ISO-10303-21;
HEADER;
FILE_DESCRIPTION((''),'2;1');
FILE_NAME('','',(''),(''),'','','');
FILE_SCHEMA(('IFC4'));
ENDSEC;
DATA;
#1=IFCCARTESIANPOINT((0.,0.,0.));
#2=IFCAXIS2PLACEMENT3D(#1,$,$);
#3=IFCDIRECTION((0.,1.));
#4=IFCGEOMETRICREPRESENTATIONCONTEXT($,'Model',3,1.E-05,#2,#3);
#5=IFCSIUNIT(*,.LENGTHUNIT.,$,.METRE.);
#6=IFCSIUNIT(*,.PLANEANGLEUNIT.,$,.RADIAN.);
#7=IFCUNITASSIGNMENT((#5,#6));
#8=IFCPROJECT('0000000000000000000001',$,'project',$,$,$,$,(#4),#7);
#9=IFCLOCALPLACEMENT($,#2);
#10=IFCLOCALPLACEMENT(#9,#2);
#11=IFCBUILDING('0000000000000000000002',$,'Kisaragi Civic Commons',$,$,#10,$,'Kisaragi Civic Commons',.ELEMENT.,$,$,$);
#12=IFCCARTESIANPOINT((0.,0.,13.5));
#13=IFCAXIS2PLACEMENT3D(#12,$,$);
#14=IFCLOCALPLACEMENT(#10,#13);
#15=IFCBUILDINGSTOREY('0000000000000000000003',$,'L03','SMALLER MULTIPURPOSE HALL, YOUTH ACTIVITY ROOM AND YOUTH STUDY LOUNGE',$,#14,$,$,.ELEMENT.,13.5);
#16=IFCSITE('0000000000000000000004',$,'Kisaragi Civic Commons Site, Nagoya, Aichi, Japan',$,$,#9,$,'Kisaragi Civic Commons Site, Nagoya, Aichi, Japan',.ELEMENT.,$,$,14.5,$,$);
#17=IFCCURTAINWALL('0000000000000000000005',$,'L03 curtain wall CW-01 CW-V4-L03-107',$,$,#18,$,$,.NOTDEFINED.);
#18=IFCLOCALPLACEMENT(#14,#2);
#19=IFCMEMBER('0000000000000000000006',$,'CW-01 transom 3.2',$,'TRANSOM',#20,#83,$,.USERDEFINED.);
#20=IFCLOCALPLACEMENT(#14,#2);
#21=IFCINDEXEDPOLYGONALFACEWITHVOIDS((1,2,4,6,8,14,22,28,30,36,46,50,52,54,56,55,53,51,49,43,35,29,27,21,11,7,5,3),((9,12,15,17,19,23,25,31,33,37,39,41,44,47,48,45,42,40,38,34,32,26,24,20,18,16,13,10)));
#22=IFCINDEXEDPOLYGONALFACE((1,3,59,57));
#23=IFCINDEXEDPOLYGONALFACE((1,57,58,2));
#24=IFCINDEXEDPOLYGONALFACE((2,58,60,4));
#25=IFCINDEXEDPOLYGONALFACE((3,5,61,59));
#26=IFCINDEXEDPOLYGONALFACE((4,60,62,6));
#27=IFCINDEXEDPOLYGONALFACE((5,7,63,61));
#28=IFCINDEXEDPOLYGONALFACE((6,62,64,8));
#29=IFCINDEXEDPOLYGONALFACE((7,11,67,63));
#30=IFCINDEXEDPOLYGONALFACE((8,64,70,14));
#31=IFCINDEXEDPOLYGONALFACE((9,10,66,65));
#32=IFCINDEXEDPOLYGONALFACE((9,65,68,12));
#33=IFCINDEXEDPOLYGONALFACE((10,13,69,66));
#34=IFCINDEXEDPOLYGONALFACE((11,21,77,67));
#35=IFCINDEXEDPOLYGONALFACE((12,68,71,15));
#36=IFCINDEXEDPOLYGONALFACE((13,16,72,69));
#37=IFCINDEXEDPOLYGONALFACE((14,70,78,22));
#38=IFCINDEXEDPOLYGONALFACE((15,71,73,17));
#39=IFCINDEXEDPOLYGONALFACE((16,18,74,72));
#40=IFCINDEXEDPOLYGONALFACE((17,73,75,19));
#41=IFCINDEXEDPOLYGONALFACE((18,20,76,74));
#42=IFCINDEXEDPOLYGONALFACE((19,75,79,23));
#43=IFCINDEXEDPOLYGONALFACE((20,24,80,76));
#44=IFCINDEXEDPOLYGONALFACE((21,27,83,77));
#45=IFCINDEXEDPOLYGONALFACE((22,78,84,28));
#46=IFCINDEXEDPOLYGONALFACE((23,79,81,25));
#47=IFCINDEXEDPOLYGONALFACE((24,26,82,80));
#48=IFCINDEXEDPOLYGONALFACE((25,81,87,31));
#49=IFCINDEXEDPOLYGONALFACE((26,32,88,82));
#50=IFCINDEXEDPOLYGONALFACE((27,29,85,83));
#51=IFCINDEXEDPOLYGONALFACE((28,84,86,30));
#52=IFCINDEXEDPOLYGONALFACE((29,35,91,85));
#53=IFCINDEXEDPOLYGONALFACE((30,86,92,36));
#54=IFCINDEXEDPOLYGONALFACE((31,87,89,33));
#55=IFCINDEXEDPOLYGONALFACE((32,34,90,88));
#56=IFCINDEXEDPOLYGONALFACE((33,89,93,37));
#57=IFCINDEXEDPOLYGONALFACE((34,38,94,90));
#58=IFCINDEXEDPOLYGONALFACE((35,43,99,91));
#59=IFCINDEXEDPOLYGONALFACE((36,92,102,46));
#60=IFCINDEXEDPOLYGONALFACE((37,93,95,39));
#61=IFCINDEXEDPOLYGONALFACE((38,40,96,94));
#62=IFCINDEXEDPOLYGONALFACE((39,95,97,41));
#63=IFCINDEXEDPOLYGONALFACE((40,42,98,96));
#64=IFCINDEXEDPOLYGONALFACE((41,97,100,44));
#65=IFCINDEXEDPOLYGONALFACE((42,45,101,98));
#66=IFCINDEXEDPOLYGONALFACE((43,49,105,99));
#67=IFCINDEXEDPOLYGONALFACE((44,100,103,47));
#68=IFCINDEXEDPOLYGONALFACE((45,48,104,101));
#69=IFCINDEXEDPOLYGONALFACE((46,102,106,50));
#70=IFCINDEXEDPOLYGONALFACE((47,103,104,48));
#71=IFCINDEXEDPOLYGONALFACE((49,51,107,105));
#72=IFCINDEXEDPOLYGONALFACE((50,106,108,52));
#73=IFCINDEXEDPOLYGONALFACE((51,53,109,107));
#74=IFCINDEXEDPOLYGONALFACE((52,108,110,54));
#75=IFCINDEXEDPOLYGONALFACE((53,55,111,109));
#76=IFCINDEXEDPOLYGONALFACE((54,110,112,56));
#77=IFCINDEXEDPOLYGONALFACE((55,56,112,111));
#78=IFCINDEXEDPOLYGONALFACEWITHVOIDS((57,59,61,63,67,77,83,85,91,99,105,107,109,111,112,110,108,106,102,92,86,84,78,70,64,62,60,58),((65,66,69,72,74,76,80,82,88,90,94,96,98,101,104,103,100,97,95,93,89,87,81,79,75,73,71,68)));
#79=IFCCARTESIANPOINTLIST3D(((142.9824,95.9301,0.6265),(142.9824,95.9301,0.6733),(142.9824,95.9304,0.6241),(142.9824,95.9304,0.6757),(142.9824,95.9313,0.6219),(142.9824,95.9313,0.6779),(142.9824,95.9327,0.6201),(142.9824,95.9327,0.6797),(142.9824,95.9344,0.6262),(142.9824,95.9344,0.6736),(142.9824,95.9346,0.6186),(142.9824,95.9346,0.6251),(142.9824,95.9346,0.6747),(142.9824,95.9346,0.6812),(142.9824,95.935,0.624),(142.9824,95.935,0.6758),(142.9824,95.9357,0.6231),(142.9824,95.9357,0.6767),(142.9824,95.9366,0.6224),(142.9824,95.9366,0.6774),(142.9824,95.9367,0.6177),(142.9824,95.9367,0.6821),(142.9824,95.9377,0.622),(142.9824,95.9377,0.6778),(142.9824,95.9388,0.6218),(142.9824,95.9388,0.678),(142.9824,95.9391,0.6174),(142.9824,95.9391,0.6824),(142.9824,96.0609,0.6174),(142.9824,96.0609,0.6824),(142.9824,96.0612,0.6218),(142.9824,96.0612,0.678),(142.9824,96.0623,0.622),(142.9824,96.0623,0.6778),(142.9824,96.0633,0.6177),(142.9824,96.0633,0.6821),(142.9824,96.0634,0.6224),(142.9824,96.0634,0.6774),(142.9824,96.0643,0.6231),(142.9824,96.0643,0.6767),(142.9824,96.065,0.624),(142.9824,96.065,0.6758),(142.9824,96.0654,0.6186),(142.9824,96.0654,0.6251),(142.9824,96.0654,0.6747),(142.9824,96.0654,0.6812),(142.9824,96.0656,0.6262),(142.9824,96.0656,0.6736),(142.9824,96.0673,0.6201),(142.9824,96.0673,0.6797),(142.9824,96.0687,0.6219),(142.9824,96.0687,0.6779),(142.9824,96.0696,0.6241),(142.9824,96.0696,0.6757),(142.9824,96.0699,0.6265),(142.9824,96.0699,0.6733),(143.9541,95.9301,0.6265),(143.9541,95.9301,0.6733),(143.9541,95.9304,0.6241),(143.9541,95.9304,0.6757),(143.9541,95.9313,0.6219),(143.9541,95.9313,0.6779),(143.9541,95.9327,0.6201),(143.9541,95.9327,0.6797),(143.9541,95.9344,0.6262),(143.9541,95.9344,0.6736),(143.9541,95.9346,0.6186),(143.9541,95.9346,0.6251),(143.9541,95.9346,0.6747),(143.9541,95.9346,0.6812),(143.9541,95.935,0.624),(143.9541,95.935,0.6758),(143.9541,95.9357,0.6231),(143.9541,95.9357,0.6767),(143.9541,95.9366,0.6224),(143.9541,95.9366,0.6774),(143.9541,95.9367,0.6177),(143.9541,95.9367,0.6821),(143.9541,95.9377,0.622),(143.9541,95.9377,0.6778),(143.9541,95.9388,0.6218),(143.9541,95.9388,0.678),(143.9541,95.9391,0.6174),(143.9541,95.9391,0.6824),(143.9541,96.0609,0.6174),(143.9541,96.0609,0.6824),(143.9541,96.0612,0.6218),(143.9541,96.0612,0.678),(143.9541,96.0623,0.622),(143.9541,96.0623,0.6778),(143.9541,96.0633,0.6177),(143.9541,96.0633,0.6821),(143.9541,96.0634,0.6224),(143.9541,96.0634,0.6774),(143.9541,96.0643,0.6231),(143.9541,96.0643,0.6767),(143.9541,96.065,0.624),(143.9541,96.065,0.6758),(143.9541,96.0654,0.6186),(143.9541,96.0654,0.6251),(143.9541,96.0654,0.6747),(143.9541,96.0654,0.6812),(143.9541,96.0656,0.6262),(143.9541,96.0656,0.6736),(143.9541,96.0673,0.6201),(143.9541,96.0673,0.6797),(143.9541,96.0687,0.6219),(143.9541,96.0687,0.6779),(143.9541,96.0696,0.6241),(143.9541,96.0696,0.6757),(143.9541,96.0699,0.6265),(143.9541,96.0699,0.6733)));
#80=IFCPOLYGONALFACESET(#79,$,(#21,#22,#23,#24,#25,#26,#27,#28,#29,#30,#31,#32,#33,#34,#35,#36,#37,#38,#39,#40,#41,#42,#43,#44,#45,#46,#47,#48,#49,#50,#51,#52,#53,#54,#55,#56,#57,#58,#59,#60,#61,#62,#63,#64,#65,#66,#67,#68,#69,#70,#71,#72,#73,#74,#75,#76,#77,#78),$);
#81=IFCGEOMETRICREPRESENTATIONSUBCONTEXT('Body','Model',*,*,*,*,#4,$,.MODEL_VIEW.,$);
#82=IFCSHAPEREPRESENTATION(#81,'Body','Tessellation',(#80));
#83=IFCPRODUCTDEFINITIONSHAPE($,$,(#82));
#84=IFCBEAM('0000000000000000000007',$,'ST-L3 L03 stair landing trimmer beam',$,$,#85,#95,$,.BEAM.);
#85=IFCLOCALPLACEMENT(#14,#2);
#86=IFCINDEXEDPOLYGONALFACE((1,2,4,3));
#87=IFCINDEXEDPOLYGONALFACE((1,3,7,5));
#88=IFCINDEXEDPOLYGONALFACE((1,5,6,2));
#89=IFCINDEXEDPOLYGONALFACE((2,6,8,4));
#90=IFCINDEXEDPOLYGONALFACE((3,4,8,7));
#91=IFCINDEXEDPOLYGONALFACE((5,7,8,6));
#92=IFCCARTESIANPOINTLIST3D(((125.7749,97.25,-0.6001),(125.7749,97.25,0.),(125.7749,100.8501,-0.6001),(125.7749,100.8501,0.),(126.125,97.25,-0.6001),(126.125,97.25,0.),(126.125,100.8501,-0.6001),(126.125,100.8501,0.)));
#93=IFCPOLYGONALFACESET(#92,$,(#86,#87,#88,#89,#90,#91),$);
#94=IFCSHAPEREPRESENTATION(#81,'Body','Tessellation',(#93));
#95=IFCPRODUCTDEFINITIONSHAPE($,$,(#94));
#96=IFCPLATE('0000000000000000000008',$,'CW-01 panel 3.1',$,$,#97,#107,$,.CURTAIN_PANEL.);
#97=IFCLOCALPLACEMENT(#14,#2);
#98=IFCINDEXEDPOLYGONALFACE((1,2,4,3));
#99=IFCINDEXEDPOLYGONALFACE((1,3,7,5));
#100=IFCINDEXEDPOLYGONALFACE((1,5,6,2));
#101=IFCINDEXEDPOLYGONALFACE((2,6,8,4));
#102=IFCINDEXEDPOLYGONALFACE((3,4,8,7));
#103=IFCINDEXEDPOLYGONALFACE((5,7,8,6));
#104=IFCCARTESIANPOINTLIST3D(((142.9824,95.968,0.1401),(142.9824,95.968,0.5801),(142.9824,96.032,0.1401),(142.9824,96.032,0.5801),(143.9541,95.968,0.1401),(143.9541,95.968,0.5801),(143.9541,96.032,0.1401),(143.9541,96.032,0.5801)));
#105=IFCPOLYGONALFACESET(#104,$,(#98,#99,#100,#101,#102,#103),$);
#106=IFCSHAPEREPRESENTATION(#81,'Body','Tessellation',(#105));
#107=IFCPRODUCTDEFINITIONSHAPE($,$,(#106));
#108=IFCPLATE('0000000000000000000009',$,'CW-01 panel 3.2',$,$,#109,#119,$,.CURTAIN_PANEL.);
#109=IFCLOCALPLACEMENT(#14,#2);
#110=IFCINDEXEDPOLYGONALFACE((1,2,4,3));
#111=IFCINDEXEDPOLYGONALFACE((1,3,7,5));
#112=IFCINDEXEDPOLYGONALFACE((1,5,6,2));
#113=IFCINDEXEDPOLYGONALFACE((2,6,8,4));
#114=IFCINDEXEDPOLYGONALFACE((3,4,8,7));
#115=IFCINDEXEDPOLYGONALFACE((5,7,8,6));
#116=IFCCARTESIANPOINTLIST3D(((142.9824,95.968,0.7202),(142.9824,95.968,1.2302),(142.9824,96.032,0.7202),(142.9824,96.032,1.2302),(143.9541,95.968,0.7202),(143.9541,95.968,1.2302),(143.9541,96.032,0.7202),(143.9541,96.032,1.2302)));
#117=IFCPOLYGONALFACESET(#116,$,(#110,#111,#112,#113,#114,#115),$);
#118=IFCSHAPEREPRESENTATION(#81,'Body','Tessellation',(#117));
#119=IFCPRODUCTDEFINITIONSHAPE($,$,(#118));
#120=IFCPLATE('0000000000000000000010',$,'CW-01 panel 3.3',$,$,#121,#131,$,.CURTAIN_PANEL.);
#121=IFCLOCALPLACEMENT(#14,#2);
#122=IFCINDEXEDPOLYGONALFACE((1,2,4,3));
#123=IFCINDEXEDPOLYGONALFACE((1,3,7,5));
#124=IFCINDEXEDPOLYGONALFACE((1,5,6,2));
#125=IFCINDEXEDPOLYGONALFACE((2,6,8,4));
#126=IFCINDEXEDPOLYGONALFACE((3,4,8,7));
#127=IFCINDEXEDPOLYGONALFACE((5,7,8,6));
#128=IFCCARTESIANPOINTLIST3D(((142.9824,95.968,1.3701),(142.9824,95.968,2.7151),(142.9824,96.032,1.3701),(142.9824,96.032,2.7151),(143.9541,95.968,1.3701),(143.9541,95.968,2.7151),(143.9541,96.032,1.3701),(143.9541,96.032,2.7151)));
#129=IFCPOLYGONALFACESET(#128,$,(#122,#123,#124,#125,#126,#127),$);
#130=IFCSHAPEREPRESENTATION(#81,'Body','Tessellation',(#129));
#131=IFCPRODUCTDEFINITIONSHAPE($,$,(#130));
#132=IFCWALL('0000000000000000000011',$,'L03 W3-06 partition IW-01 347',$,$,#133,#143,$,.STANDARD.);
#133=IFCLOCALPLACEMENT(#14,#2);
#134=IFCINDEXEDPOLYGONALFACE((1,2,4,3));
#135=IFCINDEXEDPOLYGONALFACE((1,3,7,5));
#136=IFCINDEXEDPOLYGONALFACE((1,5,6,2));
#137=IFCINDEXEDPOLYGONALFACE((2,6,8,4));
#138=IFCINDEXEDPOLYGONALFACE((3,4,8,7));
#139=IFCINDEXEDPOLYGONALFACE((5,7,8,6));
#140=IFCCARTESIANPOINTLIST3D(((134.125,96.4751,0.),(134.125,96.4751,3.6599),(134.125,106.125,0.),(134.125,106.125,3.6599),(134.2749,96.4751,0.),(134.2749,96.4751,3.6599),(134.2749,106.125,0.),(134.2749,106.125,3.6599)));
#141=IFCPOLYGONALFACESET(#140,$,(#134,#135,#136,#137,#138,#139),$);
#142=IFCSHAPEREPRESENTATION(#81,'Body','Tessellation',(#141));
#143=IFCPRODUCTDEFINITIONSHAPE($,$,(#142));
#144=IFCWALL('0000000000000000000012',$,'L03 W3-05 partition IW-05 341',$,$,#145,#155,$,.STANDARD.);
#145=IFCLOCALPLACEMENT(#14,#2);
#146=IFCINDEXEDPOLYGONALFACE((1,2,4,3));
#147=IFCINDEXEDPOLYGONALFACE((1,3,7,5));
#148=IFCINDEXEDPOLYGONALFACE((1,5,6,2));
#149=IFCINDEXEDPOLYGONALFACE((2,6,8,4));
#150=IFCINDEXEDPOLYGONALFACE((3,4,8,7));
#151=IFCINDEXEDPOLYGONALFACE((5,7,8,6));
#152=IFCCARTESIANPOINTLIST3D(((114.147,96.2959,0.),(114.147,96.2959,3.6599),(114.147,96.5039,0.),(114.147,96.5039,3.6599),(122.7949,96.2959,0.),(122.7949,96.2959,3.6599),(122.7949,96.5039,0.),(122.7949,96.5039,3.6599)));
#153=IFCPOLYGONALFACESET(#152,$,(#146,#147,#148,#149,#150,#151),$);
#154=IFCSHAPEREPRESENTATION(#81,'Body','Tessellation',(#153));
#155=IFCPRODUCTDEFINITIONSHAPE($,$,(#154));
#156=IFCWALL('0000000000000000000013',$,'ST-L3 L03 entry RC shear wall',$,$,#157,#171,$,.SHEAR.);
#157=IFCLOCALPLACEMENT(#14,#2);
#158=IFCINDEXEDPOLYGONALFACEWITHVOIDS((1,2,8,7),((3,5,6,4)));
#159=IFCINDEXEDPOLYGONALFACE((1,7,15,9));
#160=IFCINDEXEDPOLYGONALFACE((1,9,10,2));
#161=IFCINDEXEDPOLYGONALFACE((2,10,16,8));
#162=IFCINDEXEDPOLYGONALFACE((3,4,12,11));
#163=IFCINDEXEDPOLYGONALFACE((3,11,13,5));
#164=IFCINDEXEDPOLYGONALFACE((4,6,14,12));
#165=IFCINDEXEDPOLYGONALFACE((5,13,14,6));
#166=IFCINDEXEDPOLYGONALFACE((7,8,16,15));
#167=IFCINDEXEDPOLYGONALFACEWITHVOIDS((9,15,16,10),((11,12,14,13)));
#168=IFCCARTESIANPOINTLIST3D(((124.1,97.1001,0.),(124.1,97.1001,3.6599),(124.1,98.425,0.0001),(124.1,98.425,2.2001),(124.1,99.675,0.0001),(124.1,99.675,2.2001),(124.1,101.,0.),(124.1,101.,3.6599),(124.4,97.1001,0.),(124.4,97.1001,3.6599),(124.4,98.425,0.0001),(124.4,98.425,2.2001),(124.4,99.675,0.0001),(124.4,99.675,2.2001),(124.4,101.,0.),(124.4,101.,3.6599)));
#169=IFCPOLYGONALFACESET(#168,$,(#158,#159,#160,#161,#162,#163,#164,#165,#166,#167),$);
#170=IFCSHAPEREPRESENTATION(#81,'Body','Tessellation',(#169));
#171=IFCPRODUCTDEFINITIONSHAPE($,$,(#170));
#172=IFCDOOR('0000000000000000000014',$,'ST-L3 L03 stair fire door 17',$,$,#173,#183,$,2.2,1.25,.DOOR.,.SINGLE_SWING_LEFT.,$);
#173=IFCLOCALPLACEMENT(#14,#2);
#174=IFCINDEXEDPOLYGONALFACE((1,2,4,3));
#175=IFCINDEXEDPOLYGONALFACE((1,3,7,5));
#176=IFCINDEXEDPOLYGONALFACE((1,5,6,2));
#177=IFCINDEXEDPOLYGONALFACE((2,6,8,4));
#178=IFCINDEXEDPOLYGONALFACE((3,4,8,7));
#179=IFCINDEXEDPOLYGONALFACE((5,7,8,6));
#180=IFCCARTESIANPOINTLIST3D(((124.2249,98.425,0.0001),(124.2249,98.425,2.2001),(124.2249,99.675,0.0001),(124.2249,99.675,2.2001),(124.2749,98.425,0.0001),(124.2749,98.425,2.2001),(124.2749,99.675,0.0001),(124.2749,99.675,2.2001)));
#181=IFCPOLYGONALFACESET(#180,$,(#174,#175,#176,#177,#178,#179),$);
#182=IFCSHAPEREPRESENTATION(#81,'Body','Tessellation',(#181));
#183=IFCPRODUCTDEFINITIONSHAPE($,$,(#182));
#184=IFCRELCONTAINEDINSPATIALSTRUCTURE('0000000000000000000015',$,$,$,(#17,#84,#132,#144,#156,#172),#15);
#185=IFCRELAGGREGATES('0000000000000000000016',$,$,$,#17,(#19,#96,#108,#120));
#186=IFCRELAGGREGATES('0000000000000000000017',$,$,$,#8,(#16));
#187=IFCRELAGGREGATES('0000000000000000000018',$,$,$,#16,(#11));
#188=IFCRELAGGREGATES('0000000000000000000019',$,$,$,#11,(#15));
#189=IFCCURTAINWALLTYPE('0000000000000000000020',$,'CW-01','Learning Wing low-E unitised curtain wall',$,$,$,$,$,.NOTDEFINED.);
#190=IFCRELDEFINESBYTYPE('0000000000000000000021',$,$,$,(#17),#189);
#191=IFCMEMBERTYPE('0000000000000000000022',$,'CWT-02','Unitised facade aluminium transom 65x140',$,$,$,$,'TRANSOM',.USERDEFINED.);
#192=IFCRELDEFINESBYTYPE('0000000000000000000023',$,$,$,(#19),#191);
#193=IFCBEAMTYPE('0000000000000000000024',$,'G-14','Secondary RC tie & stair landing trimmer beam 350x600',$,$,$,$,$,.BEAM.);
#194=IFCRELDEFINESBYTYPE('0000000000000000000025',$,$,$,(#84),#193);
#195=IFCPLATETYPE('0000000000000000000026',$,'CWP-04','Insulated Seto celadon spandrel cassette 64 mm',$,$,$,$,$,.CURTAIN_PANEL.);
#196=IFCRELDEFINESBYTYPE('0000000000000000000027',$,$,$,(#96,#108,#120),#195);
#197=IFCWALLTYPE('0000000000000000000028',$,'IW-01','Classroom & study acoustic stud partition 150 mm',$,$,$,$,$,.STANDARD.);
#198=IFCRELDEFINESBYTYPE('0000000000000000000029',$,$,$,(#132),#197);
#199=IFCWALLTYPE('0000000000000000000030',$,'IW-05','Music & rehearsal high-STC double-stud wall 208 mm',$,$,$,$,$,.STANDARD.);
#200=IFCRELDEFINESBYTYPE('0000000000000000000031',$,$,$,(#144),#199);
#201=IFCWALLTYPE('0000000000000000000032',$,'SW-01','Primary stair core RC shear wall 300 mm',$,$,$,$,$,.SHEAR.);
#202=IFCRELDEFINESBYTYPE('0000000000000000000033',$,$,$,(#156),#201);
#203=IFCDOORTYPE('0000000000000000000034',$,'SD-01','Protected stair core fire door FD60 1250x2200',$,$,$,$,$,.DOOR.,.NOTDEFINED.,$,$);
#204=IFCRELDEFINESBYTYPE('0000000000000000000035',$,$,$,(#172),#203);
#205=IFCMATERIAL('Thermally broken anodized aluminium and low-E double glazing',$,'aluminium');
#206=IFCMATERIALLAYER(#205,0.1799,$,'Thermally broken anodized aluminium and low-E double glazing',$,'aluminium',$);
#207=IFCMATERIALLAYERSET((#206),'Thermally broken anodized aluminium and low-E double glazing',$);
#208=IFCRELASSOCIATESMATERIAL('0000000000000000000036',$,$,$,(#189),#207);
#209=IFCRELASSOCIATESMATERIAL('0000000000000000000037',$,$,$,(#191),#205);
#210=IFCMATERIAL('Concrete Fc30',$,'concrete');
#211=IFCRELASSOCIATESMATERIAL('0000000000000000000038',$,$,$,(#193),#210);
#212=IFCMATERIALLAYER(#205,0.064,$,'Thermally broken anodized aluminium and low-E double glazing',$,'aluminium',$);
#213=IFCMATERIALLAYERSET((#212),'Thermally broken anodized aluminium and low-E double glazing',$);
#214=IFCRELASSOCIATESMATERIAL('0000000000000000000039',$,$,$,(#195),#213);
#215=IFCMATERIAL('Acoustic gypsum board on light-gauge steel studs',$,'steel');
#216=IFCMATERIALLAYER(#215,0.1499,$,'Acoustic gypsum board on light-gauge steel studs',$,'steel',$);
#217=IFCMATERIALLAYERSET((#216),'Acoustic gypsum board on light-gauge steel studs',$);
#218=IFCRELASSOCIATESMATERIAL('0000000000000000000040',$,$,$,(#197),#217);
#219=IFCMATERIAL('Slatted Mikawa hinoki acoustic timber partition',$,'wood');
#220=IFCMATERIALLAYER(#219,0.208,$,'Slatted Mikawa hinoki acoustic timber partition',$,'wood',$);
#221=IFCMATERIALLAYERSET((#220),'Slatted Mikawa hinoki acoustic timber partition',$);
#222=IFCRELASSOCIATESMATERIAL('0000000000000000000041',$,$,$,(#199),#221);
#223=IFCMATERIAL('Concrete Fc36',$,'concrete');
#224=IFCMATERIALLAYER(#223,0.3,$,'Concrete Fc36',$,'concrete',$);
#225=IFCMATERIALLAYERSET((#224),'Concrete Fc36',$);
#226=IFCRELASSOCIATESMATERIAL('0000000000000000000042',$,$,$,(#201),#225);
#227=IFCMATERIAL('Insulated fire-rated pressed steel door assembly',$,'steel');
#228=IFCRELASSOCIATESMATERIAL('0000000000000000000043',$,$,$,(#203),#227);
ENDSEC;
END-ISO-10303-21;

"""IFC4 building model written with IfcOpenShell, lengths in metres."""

from ifc_helpers import new_model, si_unit, direction, frame, frame_2d, origin, origin_2d, place, context, subcontext, project, spatial, rectangle, hollow_rectangle, extrude, material, layer, layer_set, material_profile, profile_set, type_object, element, fill, aggregate, save


model = new_model("IFC4")

# Units and contexts
model_context = context("Model", 3, precision=1e-05, world=origin(), true_north=direction((0.0, 1.0)))
body_context = subcontext(model_context, "Body", "Model", "MODEL_VIEW")
ifc_project = project(units=[si_unit("LENGTHUNIT", "METRE"), si_unit("PLANEANGLEUNIT", "RADIAN")], contexts=[model_context])

# Site, building, storey
site_placement = place(None, origin())
site = spatial("IfcSite", under=ifc_project, at=site_placement, Name="Kisaragi Civic Commons Site, Nagoya, Aichi, Japan", LongName="Kisaragi Civic Commons Site, Nagoya, Aichi, Japan", CompositionType="ELEMENT", RefElevation=14.5)
building_placement = place(site_placement, origin())
building = spatial("IfcBuilding", under=site, at=building_placement, Name="Kisaragi Civic Commons", LongName="Kisaragi Civic Commons", CompositionType="ELEMENT")
storey_placement = place(building_placement, frame((0.0, 0.0, 13.5)))
storey = spatial("IfcBuildingStorey", under=building, at=storey_placement, Name="L03", Description="SMALLER MULTIPURPOSE HALL, YOUTH ACTIVITY ROOM AND YOUTH STUDY LOUNGE", CompositionType="ELEMENT", Elevation=13.5)

# Curtain wall, member
ifc_material_1 = material(Name="Thermally broken anodized aluminium and low-E double glazing", Category="aluminium")
ifc_layer_1 = layer(ifc_material_1, 0.1799, Name="Thermally broken anodized aluminium and low-E double glazing", Category="aluminium")
ifc_layer_set_1 = layer_set([ifc_layer_1], Name="Thermally broken anodized aluminium and low-E double glazing")
curtain_wall_type = type_object("IfcCurtainWallType", Name="CW-01", Description="Learning Wing low-E unitised curtain wall", PredefinedType="NOTDEFINED", material=ifc_layer_set_1)
curtain_wall_placement = place(storey_placement, origin())
curtain_wall = element("IfcCurtainWall", 1, at=curtain_wall_placement, inside=storey, type_object=curtain_wall_type, Name="L03 curtain wall CW-01 CW-V4-L03-107", PredefinedType="NOTDEFINED")
ifc_material_profile_1 = material_profile(ifc_material_1, hollow_rectangle(XDim=0.1399, YDim=0.0649, WallThickness=0.0044, InnerFilletRadius=0.0044, OuterFilletRadius=0.009, at=origin_2d()), Name="CWT-65x140x4.5", Category="aluminium")
ifc_profile_set_1 = profile_set([ifc_material_profile_1], Name="Thermally broken anodized aluminium and low-E double glazing")
member_type_1 = type_object("IfcMemberType", Name="CWT-02", Description="Unitised facade aluminium transom 65x140", ElementType="TRANSOM", PredefinedType="USERDEFINED", material=ifc_profile_set_1)
member_1_placement = place(storey_placement, frame((143.9541, 96.0, 0.6499), z_axis=(-1.0, 0.0, 0.0), x_axis=(0.0, -1.0, 0.0)))
member_1 = element("IfcMember", 2, at=member_1_placement, type_object=member_type_1, Name="CW-01 transom 3.2", ObjectType="TRANSOM", PredefinedType="USERDEFINED", context=body_context, shape_type="SweptSolid", body=[
    extrude(hollow_rectangle(XDim=0.1399, YDim=0.0649, WallThickness=0.0044, InnerFilletRadius=0.0044, OuterFilletRadius=0.009, at=origin_2d()), origin(), (0.0, 0.0, 1.0), 0.9717),
])

# Beam
ifc_material_2 = material(Name="Concrete Fc30", Category="concrete")
ifc_material_profile_2 = material_profile(ifc_material_2, rectangle(XDim=0.3501, YDim=0.6001, at=origin_2d()), Name="RC-350x600", Category="concrete")
ifc_profile_set_2 = profile_set([ifc_material_profile_2], Name="Concrete Fc30")
beam_type = type_object("IfcBeamType", Name="G-14", Description="Secondary RC tie & stair landing trimmer beam 350x600", PredefinedType="BEAM", material=ifc_profile_set_2)
beam_placement = place(storey_placement, frame((125.95, 97.25, -0.3), z_axis=(0.0, 1.0, 0.0), x_axis=(-1.0, 0.0, 0.0)))
element("IfcBeam", 3, at=beam_placement, inside=storey, type_object=beam_type, Name="ST-L3 L03 stair landing trimmer beam", PredefinedType="BEAM", context=body_context, shape_type="SweptSolid", body=[
    extrude(rectangle(XDim=0.3501, YDim=0.6001, at=origin_2d()), origin(), (0.0, 0.0, 1.0), 3.6001),
])

# Plates
ifc_layer_2 = layer(ifc_material_1, 0.064, Name="Thermally broken anodized aluminium and low-E double glazing", Category="aluminium")
ifc_layer_set_2 = layer_set([ifc_layer_2], Name="Thermally broken anodized aluminium and low-E double glazing")
plate_type = type_object("IfcPlateType", Name="CWP-04", Description="Insulated Seto celadon spandrel cassette 64 mm", PredefinedType="CURTAIN_PANEL", material=ifc_layer_set_2)
plate_1_placement = place(storey_placement, frame((143.4683, 96.0, 0.1401), z_axis=(0.0, 0.0, 1.0), x_axis=(-1.0, 0.0, 0.0)))
plate_1 = element("IfcPlate", 4, at=plate_1_placement, type_object=plate_type, Name="CW-01 panel 3.1", PredefinedType="CURTAIN_PANEL", context=body_context, shape_type="SweptSolid", body=[
    extrude(rectangle(XDim=0.9717, YDim=0.064, at=origin_2d()), origin(), (0.0, 0.0, 1.0), 0.4399),
])
plate_2_placement = place(storey_placement, frame((143.4683, 96.0, 0.7202), z_axis=(0.0, 0.0, 1.0), x_axis=(-1.0, 0.0, 0.0)))
plate_2 = element("IfcPlate", 5, at=plate_2_placement, type_object=plate_type, Name="CW-01 panel 3.2", PredefinedType="CURTAIN_PANEL", context=body_context, shape_type="SweptSolid", body=[
    extrude(rectangle(XDim=0.9717, YDim=0.064, at=origin_2d()), origin(), (0.0, 0.0, 1.0), 0.51),
])
plate_3_placement = place(storey_placement, frame((143.4683, 96.0, 1.3701), z_axis=(0.0, 0.0, 1.0), x_axis=(-1.0, 0.0, 0.0)))
plate_3 = element("IfcPlate", 6, at=plate_3_placement, type_object=plate_type, Name="CW-01 panel 3.3", PredefinedType="CURTAIN_PANEL", context=body_context, shape_type="SweptSolid", body=[
    extrude(rectangle(XDim=0.9717, YDim=0.064, at=origin_2d()), origin(), (0.0, 0.0, 1.0), 1.345),
])
aggregate(curtain_wall, [member_1, plate_1, plate_2, plate_3])

# Walls
ifc_material_3 = material(Name="Acoustic gypsum board on light-gauge steel studs", Category="steel")
ifc_layer_3 = layer(ifc_material_3, 0.1499, Name="Acoustic gypsum board on light-gauge steel studs", Category="steel")
ifc_layer_set_3 = layer_set([ifc_layer_3], Name="Acoustic gypsum board on light-gauge steel studs")
wall_type_1 = type_object("IfcWallType", Name="IW-01", Description="Classroom & study acoustic stud partition 150 mm", PredefinedType="STANDARD", material=ifc_layer_set_3)
wall_1_placement = place(storey_placement, frame((134.2, 96.4751, 0.0), z_axis=(0.0, 0.0, 1.0), x_axis=(0.0, 1.0, 0.0)))
element("IfcWall", 7, at=wall_1_placement, inside=storey, type_object=wall_type_1, Name="L03 W3-06 partition IW-01 347", PredefinedType="STANDARD", context=body_context, shape_type="SweptSolid", body=[
    extrude(rectangle(XDim=9.6499, YDim=0.1499, at=frame_2d((4.825, 0.0))), origin(), (0.0, 0.0, 1.0), 3.6599),
])
ifc_material_4 = material(Name="Slatted Mikawa hinoki acoustic timber partition", Category="wood")
ifc_layer_4 = layer(ifc_material_4, 0.208, Name="Slatted Mikawa hinoki acoustic timber partition", Category="wood")
ifc_layer_set_4 = layer_set([ifc_layer_4], Name="Slatted Mikawa hinoki acoustic timber partition")
wall_type_2 = type_object("IfcWallType", Name="IW-05", Description="Music & rehearsal high-STC double-stud wall 208 mm", PredefinedType="STANDARD", material=ifc_layer_set_4)
wall_2_placement = place(storey_placement, frame((122.7949, 96.3999, 0.0), z_axis=(0.0, 0.0, 1.0), x_axis=(-1.0, 0.0, 0.0)))
element("IfcWall", 8, at=wall_2_placement, inside=storey, type_object=wall_type_2, Name="L03 W3-05 partition IW-05 341", PredefinedType="STANDARD", context=body_context, shape_type="SweptSolid", body=[
    extrude(rectangle(XDim=8.6479, YDim=0.208, at=frame_2d((4.324, 0.0))), origin(), (0.0, 0.0, 1.0), 3.6599),
])

# Wall, opening, door
ifc_material_5 = material(Name="Concrete Fc36", Category="concrete")
ifc_layer_5 = layer(ifc_material_5, 0.3, Name="Concrete Fc36", Category="concrete")
ifc_layer_set_5 = layer_set([ifc_layer_5], Name="Concrete Fc36")
wall_type_3 = type_object("IfcWallType", Name="SW-01", Description="Primary stair core RC shear wall 300 mm", PredefinedType="SHEAR", material=ifc_layer_set_5)
wall_3_placement = place(storey_placement, frame((124.25, 101.0, 0.0), z_axis=(0.0, 0.0, 1.0), x_axis=(0.0, -1.0, 0.0)))
wall_3 = element("IfcWall", 9, at=wall_3_placement, inside=storey, type_object=wall_type_3, Name="ST-L3 L03 entry RC shear wall", PredefinedType="SHEAR", context=body_context, shape_type="SweptSolid", body=[
    extrude(rectangle(XDim=3.8999, YDim=0.3, at=frame_2d((1.95, 0.0))), origin(), (0.0, 0.0, 1.0), 3.6599),
])
opening_placement = place(wall_3_placement, frame((1.325, 0.0, 0.0)))
opening = element("IfcOpeningElement", 10, at=opening_placement, cuts=wall_3, PredefinedType="OPENING", context=body_context, shape_type="SweptSolid", body=[
    extrude(rectangle(XDim=1.25, YDim=2.2, at=frame_2d((0.625, 1.1001))), frame((0.0, 0.1599, 0.0), z_axis=(0.0, -1.0, 0.0), x_axis=(1.0, 0.0, 0.0)), (0.0, 0.0, 1.0), 0.3201),
])
ifc_material_6 = material(Name="Insulated fire-rated pressed steel door assembly", Category="steel")
door_type = type_object("IfcDoorType", Name="SD-01", Description="Protected stair core fire door FD60 1250x2200", OperationType="NOTDEFINED", PredefinedType="DOOR", material=ifc_material_6)
door_placement = place(opening_placement, origin())
door = element("IfcDoor", 11, at=door_placement, inside=storey, type_object=door_type, Name="ST-L3 L03 stair fire door 17", OperationType="SINGLE_SWING_LEFT", OverallHeight=2.2, OverallWidth=1.25, PredefinedType="DOOR", context=body_context, shape_type="SweptSolid", body=[
    extrude(rectangle(XDim=1.25, YDim=2.2, at=frame_2d((0.625, 1.1001))), frame((0.0, 0.0249, 0.0), z_axis=(0.0, -1.0, 0.0), x_axis=(1.0, 0.0, 0.0)), (0.0, 0.0, 1.0), 0.05),
])
fill(opening, door)

save(model, "model.ifc")
